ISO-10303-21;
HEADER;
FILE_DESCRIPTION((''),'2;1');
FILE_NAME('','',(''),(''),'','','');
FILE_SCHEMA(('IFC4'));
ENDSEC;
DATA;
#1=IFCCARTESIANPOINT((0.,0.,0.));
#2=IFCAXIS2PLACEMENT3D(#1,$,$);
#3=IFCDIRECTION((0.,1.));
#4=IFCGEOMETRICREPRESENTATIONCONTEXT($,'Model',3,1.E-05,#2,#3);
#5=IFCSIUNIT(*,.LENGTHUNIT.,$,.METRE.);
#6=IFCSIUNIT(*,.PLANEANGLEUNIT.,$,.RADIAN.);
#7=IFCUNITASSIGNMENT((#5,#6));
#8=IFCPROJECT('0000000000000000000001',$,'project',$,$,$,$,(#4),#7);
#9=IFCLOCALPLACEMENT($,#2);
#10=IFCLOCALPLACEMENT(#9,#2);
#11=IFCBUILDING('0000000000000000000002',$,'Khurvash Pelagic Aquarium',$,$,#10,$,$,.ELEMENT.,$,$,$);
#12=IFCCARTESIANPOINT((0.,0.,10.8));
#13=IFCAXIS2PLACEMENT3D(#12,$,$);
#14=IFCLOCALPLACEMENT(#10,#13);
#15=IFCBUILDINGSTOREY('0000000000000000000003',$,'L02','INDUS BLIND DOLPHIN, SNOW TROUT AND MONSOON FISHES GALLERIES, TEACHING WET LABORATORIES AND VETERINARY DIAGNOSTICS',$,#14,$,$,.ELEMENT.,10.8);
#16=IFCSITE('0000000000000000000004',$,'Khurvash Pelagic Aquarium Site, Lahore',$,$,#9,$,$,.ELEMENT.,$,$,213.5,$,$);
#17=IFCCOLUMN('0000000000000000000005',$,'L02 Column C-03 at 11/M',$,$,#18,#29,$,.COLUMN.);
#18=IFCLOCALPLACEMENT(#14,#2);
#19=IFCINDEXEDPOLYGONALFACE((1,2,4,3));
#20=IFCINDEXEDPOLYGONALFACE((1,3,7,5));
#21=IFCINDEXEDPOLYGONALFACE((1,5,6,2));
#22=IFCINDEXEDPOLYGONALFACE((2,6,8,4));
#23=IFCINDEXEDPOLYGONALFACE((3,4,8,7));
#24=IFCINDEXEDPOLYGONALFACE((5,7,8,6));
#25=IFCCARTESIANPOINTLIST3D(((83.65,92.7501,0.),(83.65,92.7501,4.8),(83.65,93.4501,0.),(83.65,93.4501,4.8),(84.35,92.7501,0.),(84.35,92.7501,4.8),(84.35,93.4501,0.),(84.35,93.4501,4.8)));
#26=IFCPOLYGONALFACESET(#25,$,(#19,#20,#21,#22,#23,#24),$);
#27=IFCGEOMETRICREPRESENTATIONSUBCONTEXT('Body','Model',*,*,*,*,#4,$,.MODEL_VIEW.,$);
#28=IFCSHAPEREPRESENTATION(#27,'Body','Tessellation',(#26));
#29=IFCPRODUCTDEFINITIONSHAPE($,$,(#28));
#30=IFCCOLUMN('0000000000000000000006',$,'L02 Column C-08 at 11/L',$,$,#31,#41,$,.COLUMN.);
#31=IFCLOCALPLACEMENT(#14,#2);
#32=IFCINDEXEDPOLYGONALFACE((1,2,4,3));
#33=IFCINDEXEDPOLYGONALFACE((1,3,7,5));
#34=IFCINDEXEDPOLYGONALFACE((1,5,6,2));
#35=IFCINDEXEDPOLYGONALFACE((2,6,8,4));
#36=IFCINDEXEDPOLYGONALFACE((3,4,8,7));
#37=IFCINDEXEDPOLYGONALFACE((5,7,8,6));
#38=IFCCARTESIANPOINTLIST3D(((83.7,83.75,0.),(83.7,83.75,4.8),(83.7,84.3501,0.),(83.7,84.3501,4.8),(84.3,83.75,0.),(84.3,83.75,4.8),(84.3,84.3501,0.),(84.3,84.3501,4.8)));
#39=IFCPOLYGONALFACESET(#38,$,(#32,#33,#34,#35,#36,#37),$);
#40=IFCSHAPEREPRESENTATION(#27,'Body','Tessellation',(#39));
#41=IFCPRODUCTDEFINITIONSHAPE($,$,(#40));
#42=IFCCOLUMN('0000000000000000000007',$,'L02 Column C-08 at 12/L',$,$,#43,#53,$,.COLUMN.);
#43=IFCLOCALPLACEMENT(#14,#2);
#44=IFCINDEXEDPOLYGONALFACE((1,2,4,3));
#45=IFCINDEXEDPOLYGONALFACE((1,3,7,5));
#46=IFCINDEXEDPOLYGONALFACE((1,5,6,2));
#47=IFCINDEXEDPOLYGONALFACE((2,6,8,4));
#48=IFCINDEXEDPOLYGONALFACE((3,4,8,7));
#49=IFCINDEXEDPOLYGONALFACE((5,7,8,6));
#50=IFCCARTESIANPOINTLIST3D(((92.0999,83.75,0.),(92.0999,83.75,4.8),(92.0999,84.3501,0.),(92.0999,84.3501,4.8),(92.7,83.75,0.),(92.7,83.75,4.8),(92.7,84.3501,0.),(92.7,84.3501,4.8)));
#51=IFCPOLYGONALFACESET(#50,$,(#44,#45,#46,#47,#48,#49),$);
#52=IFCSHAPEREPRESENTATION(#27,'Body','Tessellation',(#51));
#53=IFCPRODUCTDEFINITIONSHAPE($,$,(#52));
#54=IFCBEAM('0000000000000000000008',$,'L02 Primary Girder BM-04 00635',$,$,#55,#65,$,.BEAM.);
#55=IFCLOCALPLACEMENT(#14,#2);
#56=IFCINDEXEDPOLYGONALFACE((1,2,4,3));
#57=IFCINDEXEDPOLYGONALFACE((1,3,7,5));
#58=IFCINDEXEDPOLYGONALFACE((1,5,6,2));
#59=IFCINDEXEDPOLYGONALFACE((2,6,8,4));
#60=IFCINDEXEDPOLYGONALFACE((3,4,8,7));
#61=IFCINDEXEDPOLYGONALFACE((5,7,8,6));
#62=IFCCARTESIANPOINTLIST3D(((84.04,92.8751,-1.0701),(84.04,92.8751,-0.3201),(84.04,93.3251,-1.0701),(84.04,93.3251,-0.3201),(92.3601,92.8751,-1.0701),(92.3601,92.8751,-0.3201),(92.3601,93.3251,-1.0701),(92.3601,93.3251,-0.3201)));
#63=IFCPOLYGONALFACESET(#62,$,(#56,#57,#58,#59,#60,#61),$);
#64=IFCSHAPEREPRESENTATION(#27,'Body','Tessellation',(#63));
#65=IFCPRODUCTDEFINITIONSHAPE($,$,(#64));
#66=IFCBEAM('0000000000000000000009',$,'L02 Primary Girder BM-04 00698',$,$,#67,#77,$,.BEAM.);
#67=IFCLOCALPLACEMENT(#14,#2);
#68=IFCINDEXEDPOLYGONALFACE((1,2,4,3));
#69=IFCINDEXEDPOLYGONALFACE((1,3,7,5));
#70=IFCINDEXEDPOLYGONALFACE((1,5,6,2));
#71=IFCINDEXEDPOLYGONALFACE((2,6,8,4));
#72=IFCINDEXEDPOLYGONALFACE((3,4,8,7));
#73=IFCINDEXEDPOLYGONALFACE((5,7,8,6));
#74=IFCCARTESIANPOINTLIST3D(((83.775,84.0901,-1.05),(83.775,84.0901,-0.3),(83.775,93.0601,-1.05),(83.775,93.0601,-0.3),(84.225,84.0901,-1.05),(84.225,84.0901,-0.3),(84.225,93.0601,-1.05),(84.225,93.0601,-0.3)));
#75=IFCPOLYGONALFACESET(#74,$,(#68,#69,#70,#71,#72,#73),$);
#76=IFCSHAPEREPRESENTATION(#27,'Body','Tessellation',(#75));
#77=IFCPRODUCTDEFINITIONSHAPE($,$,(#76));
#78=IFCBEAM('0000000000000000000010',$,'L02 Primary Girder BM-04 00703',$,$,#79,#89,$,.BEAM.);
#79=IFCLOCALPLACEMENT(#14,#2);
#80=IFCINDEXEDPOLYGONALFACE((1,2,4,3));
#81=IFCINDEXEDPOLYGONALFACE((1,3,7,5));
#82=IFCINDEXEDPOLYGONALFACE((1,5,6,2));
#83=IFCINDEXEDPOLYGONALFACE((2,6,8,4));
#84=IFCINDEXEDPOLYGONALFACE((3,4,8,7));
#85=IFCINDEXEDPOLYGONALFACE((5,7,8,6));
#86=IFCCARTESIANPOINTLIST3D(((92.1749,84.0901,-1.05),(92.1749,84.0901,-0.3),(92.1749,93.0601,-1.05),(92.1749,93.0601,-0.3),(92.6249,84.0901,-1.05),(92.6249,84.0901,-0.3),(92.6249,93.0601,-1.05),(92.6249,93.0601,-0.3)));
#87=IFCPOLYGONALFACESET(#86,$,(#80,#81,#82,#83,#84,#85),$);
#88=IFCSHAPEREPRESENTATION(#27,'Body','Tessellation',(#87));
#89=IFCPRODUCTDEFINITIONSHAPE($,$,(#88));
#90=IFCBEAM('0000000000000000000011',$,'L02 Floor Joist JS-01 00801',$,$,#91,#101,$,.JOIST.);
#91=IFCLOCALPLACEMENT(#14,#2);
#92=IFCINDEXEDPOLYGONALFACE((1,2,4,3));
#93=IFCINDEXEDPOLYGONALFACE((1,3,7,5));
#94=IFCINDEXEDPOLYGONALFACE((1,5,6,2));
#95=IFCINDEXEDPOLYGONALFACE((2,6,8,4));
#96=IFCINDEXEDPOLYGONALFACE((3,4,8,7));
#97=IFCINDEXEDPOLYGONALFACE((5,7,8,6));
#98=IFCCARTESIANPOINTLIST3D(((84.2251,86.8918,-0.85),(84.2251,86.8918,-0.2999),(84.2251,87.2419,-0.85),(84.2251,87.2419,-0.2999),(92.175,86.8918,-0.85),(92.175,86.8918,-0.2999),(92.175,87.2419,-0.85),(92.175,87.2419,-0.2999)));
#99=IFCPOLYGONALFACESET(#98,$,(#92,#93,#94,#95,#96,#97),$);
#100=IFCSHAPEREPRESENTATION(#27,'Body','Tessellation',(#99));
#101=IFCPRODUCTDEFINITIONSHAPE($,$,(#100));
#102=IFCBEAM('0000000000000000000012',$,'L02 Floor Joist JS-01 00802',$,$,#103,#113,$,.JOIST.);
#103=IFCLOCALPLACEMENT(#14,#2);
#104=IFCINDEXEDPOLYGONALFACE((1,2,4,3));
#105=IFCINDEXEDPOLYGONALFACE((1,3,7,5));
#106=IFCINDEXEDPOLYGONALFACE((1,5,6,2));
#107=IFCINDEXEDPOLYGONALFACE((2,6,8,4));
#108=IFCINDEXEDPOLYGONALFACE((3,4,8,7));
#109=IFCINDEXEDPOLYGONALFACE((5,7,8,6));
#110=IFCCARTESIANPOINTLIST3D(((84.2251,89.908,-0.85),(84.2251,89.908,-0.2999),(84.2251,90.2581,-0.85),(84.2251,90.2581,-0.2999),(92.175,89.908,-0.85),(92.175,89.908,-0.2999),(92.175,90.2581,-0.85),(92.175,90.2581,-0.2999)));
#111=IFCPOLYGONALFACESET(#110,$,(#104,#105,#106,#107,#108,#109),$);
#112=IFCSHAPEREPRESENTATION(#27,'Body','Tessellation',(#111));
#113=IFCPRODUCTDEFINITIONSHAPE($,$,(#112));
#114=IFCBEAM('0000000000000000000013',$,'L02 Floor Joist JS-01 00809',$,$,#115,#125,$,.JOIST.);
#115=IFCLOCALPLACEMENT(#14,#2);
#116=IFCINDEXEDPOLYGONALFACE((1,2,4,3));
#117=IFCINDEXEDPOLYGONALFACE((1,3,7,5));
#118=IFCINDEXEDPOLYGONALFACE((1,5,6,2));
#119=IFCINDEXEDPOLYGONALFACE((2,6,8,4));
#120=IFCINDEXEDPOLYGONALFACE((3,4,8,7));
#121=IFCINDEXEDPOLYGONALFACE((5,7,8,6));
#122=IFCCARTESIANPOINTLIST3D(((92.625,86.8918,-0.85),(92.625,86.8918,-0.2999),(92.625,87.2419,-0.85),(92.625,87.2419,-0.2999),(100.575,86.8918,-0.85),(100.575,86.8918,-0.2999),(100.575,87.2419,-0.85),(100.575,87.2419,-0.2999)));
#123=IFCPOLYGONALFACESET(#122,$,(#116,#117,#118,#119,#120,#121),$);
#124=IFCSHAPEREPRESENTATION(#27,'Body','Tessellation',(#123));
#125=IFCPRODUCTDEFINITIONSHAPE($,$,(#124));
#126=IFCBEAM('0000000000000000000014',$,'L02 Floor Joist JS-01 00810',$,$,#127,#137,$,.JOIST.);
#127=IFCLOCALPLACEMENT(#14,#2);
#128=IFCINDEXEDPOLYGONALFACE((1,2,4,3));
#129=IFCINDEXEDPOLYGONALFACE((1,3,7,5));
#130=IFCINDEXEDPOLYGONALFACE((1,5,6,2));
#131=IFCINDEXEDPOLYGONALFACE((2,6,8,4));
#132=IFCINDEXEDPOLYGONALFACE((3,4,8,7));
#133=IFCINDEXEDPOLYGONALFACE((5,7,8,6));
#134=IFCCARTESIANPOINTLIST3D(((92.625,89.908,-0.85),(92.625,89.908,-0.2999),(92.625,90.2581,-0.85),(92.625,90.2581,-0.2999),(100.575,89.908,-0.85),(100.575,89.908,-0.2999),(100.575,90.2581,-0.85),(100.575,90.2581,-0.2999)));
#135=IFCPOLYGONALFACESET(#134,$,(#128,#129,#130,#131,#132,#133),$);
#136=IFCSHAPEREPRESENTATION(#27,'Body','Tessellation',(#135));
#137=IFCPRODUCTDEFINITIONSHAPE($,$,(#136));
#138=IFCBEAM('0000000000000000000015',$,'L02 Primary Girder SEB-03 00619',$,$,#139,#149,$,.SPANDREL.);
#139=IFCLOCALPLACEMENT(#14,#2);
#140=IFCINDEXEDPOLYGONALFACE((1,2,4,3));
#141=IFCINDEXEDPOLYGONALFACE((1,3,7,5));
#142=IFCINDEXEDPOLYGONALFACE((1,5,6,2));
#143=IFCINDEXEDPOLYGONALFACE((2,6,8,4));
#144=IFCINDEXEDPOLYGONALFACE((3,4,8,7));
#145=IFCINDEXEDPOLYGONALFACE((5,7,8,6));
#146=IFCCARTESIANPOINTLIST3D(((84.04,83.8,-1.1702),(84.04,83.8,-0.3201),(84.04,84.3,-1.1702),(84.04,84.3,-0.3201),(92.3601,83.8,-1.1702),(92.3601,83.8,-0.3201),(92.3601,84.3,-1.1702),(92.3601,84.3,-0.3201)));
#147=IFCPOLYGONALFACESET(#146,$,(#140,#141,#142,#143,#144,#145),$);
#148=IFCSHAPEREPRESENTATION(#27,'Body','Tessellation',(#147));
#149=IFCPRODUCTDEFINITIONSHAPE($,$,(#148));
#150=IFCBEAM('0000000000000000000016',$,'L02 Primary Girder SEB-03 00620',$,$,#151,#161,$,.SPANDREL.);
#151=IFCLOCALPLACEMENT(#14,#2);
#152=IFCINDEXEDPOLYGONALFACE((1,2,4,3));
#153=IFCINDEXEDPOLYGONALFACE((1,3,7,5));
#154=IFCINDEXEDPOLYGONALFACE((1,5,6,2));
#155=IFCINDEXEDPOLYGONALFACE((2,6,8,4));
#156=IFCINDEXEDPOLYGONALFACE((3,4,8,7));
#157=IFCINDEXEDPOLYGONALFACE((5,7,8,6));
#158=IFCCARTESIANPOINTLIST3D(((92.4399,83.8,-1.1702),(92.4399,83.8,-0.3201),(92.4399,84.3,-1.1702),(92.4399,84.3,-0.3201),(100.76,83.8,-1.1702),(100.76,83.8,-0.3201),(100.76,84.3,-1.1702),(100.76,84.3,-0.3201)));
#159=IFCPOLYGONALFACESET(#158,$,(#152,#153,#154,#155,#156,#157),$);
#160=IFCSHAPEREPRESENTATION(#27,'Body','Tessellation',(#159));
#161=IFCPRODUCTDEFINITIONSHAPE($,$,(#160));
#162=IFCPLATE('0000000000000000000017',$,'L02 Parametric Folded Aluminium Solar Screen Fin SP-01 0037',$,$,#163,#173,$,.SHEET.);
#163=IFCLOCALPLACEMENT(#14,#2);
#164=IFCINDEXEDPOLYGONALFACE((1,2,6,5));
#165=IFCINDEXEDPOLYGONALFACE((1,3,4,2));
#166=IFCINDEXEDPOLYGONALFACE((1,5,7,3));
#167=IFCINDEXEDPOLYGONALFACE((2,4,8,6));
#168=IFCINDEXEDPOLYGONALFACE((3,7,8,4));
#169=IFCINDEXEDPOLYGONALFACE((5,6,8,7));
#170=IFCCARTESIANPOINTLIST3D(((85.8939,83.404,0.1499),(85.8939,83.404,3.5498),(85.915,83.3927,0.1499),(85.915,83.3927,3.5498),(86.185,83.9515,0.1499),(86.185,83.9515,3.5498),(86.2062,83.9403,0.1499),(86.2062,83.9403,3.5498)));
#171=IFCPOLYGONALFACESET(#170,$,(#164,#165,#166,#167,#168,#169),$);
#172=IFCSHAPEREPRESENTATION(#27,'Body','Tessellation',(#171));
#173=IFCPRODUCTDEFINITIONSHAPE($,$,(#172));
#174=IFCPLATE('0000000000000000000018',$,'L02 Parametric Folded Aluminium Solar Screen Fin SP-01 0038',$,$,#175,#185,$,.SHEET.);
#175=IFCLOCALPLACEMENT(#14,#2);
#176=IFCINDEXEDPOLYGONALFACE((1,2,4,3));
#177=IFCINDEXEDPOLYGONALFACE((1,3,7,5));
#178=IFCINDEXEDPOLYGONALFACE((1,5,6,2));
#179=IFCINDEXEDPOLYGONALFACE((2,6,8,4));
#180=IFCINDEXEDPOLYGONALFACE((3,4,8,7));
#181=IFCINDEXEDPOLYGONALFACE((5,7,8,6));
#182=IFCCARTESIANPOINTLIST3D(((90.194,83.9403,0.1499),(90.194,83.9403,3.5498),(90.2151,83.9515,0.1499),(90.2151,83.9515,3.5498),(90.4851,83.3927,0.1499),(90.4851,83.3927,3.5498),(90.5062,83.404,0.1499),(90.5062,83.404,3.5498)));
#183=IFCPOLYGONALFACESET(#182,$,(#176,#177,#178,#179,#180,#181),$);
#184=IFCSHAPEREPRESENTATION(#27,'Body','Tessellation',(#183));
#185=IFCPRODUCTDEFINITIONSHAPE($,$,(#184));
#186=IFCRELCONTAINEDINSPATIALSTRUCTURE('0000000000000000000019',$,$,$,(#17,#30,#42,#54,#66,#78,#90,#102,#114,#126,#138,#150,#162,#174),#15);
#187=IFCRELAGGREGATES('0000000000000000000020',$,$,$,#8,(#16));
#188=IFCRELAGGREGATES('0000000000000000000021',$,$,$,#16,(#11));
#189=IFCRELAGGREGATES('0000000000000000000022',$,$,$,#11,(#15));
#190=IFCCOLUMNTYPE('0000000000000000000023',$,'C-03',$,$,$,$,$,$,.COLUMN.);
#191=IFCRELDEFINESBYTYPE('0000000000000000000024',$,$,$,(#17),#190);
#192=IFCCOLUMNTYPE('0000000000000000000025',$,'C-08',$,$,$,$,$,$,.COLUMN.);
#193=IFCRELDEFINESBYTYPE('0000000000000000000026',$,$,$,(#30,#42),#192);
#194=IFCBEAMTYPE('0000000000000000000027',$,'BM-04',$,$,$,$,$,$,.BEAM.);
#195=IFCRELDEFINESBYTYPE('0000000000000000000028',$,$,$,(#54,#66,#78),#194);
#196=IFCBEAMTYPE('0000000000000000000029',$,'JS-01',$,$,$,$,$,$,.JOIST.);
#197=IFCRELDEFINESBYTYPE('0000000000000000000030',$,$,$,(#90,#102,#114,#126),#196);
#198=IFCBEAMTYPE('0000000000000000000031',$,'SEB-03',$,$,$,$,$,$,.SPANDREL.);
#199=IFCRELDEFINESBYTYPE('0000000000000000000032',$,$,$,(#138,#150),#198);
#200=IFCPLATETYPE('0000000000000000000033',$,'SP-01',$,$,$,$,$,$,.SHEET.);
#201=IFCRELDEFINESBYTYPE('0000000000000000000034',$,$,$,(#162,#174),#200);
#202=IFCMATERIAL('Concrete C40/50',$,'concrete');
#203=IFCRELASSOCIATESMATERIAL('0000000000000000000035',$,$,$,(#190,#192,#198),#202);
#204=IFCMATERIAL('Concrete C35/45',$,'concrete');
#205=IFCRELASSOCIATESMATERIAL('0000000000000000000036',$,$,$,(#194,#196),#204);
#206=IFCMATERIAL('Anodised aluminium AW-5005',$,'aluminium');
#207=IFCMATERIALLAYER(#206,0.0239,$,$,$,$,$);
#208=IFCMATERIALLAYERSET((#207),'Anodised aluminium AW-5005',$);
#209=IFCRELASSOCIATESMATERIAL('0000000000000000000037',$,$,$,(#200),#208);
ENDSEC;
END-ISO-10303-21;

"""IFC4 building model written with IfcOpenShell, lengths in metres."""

from ifc_helpers import new_model, si_unit, direction, frame, origin, origin_2d, place, context, subcontext, project, spatial, rectangle, extrude, material, layer, layer_set, material_profile, profile_set, type_object, element, save


model = new_model("IFC4")

# Units and contexts
model_context = context("Model", 3, precision=1e-05, world=origin(), true_north=direction((0.0, 1.0)))
body_context = subcontext(model_context, "Body", "Model", "MODEL_VIEW")
ifc_project = project(units=[si_unit("LENGTHUNIT", "METRE"), si_unit("PLANEANGLEUNIT", "RADIAN")], contexts=[model_context])

# Site, building, storey
site_placement = place(None, origin())
site = spatial("IfcSite", under=ifc_project, at=site_placement, Name="Khurvash Pelagic Aquarium Site, Lahore", CompositionType="ELEMENT", RefElevation=213.5)
building_placement = place(site_placement, origin())
building = spatial("IfcBuilding", under=site, at=building_placement, Name="Khurvash Pelagic Aquarium", CompositionType="ELEMENT")
storey_placement = place(building_placement, frame((0.0, 0.0, 10.8)))
storey = spatial("IfcBuildingStorey", under=building, at=storey_placement, Name="L02", Description="INDUS BLIND DOLPHIN, SNOW TROUT AND MONSOON FISHES GALLERIES, TEACHING WET LABORATORIES AND VETERINARY DIAGNOSTICS", CompositionType="ELEMENT", Elevation=10.8)

# Columns
ifc_material_1 = material(Name="Concrete C40/50", Category="concrete")
ifc_material_profile_1 = material_profile(ifc_material_1, rectangle(XDim=0.7, YDim=0.7, at=origin_2d()), Name="RC700X700")
ifc_profile_set_1 = profile_set([ifc_material_profile_1], Name="Concrete C40/50")
column_type_1 = type_object("IfcColumnType", Name="C-03", PredefinedType="COLUMN", material=ifc_profile_set_1)
column_placement = place(storey_placement, frame((84.0, 93.1001, 0.0), z_axis=(0.0, 0.0, 1.0), x_axis=(1.0, 0.0, 0.0)))
element("IfcColumn", 1, at=column_placement, inside=storey, type_object=column_type_1, Name="L02 Column C-03 at 11/M", PredefinedType="COLUMN", context=body_context, shape_type="SweptSolid", body=[
    extrude(rectangle(XDim=0.7, YDim=0.7, at=origin_2d()), origin(), (0.0, 0.0, 1.0), 4.8),
])
ifc_material_profile_2 = material_profile(ifc_material_1, rectangle(XDim=0.6001, YDim=0.6001, at=origin_2d()), Name="RC600X600")
ifc_profile_set_2 = profile_set([ifc_material_profile_2], Name="Concrete C40/50")
column_type_2 = type_object("IfcColumnType", Name="C-08", PredefinedType="COLUMN", material=ifc_profile_set_2)
for number, where, z_axis, x_axis, name in (
    (2, (84.0, 84.05, 0.0), (0.0, 0.0, 1.0), (1.0, 0.0, 0.0), "L02 Column C-08 at 11/L"),
    (3, (92.3999, 84.05, 0.0), (0.0, 0.0, 1.0), (1.0, 0.0, 0.0), "L02 Column C-08 at 12/L"),
):
    element("IfcColumn", number, at=place(storey_placement, frame(where, z_axis=z_axis, x_axis=x_axis)), inside=storey, type_object=column_type_2, Name=name, PredefinedType="COLUMN", context=body_context, shape_type="SweptSolid", body=[
        extrude(rectangle(XDim=0.6001, YDim=0.6001, at=origin_2d()), origin(), (0.0, 0.0, 1.0), 4.8),
    ])

# Beams
ifc_material_2 = material(Name="Concrete C35/45", Category="concrete")
ifc_material_profile_3 = material_profile(ifc_material_2, rectangle(XDim=0.45, YDim=0.75, at=origin_2d()), Name="RC450X750")
ifc_profile_set_3 = profile_set([ifc_material_profile_3], Name="Concrete C35/45")
beam_type_1 = type_object("IfcBeamType", Name="BM-04", PredefinedType="BEAM", material=ifc_profile_set_3)
beam_placement = place(storey_placement, frame((84.04, 93.1001, -0.6951), z_axis=(1.0, 0.0, 0.0), x_axis=(0.0, 1.0, 0.0)))
element("IfcBeam", 4, at=beam_placement, inside=storey, type_object=beam_type_1, Name="L02 Primary Girder BM-04 00635", PredefinedType="BEAM", context=body_context, shape_type="SweptSolid", body=[
    extrude(rectangle(XDim=0.45, YDim=0.75, at=origin_2d()), origin(), (0.0, 0.0, 1.0), 8.3201),
])
for number, where, z_axis, x_axis, name in (
    (5, (84.0, 84.0901, -0.675), (0.0, 1.0, 0.0), (-1.0, 0.0, 0.0), "L02 Primary Girder BM-04 00698"),
    (6, (92.3999, 84.0901, -0.675), (0.0, 1.0, 0.0), (-1.0, 0.0, 0.0), "L02 Primary Girder BM-04 00703"),
):
    element("IfcBeam", number, at=place(storey_placement, frame(where, z_axis=z_axis, x_axis=x_axis)), inside=storey, type_object=beam_type_1, Name=name, PredefinedType="BEAM", context=body_context, shape_type="SweptSolid", body=[
        extrude(rectangle(XDim=0.45, YDim=0.75, at=origin_2d()), origin(), (0.0, 0.0, 1.0), 8.97),
    ])
ifc_material_profile_4 = material_profile(ifc_material_2, rectangle(XDim=0.3501, YDim=0.55, at=origin_2d()), Name="RC350X550")
ifc_profile_set_4 = profile_set([ifc_material_profile_4], Name="Concrete C35/45")
beam_type_2 = type_object("IfcBeamType", Name="JS-01", PredefinedType="JOIST", material=ifc_profile_set_4)
for number, where, z_axis, x_axis, name in (
    (7, (84.2251, 87.0669, -0.575), (1.0, 0.0, 0.0), (0.0, 1.0, 0.0), "L02 Floor Joist JS-01 00801"),
    (8, (84.2251, 90.083, -0.575), (1.0, 0.0, 0.0), (0.0, 1.0, 0.0), "L02 Floor Joist JS-01 00802"),
    (9, (92.625, 87.0669, -0.575), (1.0, 0.0, 0.0), (0.0, 1.0, 0.0), "L02 Floor Joist JS-01 00809"),
    (10, (92.625, 90.083, -0.575), (1.0, 0.0, 0.0), (0.0, 1.0, 0.0), "L02 Floor Joist JS-01 00810"),
):
    element("IfcBeam", number, at=place(storey_placement, frame(where, z_axis=z_axis, x_axis=x_axis)), inside=storey, type_object=beam_type_2, Name=name, PredefinedType="JOIST", context=body_context, shape_type="SweptSolid", body=[
        extrude(rectangle(XDim=0.3501, YDim=0.55, at=origin_2d()), origin(), (0.0, 0.0, 1.0), 7.95),
    ])
ifc_material_profile_5 = material_profile(ifc_material_1, rectangle(XDim=0.5, YDim=0.8501, at=origin_2d()), Name="RC500X850")
ifc_profile_set_5 = profile_set([ifc_material_profile_5], Name="Concrete C40/50")
beam_type_3 = type_object("IfcBeamType", Name="SEB-03", PredefinedType="SPANDREL", material=ifc_profile_set_5)
for number, where, z_axis, x_axis, name in (
    (11, (84.04, 84.05, -0.7451), (1.0, 0.0, 0.0), (0.0, 1.0, 0.0), "L02 Primary Girder SEB-03 00619"),
    (12, (92.4399, 84.05, -0.7451), (1.0, 0.0, 0.0), (0.0, 1.0, 0.0), "L02 Primary Girder SEB-03 00620"),
):
    element("IfcBeam", number, at=place(storey_placement, frame(where, z_axis=z_axis, x_axis=x_axis)), inside=storey, type_object=beam_type_3, Name=name, PredefinedType="SPANDREL", context=body_context, shape_type="SweptSolid", body=[
        extrude(rectangle(XDim=0.5, YDim=0.8501, at=origin_2d()), origin(), (0.0, 0.0, 1.0), 8.3201),
    ])

# Plates
ifc_material_3 = material(Name="Anodised aluminium AW-5005", Category="aluminium")
ifc_layer_1 = layer(ifc_material_3, 0.0239)
ifc_layer_set_1 = layer_set([ifc_layer_1], Name="Anodised aluminium AW-5005")
plate_type = type_object("IfcPlateType", Name="SP-01", PredefinedType="SHEET", material=ifc_layer_set_1)
for number, where, z_axis, x_axis, name in (
    (13, (86.05, 83.6721, 0.1499), (0.0, 0.0, 1.0), (-0.469472, -0.882948, 0.0), "L02 Parametric Folded Aluminium Solar Screen Fin SP-01 0037"),
    (14, (90.3501, 83.6721, 0.1499), (0.0, 0.0, 1.0), (0.469472, -0.882948, 0.0), "L02 Parametric Folded Aluminium Solar Screen Fin SP-01 0038"),
):
    element("IfcPlate", number, at=place(storey_placement, frame(where, z_axis=z_axis, x_axis=x_axis)), inside=storey, type_object=plate_type, Name=name, PredefinedType="SHEET", context=body_context, shape_type="SweptSolid", body=[
        extrude(rectangle(XDim=0.6201, YDim=0.0239, at=origin_2d()), origin(), (0.0, 0.0, 1.0), 3.3999),
    ])

save(model, "model.ifc")
